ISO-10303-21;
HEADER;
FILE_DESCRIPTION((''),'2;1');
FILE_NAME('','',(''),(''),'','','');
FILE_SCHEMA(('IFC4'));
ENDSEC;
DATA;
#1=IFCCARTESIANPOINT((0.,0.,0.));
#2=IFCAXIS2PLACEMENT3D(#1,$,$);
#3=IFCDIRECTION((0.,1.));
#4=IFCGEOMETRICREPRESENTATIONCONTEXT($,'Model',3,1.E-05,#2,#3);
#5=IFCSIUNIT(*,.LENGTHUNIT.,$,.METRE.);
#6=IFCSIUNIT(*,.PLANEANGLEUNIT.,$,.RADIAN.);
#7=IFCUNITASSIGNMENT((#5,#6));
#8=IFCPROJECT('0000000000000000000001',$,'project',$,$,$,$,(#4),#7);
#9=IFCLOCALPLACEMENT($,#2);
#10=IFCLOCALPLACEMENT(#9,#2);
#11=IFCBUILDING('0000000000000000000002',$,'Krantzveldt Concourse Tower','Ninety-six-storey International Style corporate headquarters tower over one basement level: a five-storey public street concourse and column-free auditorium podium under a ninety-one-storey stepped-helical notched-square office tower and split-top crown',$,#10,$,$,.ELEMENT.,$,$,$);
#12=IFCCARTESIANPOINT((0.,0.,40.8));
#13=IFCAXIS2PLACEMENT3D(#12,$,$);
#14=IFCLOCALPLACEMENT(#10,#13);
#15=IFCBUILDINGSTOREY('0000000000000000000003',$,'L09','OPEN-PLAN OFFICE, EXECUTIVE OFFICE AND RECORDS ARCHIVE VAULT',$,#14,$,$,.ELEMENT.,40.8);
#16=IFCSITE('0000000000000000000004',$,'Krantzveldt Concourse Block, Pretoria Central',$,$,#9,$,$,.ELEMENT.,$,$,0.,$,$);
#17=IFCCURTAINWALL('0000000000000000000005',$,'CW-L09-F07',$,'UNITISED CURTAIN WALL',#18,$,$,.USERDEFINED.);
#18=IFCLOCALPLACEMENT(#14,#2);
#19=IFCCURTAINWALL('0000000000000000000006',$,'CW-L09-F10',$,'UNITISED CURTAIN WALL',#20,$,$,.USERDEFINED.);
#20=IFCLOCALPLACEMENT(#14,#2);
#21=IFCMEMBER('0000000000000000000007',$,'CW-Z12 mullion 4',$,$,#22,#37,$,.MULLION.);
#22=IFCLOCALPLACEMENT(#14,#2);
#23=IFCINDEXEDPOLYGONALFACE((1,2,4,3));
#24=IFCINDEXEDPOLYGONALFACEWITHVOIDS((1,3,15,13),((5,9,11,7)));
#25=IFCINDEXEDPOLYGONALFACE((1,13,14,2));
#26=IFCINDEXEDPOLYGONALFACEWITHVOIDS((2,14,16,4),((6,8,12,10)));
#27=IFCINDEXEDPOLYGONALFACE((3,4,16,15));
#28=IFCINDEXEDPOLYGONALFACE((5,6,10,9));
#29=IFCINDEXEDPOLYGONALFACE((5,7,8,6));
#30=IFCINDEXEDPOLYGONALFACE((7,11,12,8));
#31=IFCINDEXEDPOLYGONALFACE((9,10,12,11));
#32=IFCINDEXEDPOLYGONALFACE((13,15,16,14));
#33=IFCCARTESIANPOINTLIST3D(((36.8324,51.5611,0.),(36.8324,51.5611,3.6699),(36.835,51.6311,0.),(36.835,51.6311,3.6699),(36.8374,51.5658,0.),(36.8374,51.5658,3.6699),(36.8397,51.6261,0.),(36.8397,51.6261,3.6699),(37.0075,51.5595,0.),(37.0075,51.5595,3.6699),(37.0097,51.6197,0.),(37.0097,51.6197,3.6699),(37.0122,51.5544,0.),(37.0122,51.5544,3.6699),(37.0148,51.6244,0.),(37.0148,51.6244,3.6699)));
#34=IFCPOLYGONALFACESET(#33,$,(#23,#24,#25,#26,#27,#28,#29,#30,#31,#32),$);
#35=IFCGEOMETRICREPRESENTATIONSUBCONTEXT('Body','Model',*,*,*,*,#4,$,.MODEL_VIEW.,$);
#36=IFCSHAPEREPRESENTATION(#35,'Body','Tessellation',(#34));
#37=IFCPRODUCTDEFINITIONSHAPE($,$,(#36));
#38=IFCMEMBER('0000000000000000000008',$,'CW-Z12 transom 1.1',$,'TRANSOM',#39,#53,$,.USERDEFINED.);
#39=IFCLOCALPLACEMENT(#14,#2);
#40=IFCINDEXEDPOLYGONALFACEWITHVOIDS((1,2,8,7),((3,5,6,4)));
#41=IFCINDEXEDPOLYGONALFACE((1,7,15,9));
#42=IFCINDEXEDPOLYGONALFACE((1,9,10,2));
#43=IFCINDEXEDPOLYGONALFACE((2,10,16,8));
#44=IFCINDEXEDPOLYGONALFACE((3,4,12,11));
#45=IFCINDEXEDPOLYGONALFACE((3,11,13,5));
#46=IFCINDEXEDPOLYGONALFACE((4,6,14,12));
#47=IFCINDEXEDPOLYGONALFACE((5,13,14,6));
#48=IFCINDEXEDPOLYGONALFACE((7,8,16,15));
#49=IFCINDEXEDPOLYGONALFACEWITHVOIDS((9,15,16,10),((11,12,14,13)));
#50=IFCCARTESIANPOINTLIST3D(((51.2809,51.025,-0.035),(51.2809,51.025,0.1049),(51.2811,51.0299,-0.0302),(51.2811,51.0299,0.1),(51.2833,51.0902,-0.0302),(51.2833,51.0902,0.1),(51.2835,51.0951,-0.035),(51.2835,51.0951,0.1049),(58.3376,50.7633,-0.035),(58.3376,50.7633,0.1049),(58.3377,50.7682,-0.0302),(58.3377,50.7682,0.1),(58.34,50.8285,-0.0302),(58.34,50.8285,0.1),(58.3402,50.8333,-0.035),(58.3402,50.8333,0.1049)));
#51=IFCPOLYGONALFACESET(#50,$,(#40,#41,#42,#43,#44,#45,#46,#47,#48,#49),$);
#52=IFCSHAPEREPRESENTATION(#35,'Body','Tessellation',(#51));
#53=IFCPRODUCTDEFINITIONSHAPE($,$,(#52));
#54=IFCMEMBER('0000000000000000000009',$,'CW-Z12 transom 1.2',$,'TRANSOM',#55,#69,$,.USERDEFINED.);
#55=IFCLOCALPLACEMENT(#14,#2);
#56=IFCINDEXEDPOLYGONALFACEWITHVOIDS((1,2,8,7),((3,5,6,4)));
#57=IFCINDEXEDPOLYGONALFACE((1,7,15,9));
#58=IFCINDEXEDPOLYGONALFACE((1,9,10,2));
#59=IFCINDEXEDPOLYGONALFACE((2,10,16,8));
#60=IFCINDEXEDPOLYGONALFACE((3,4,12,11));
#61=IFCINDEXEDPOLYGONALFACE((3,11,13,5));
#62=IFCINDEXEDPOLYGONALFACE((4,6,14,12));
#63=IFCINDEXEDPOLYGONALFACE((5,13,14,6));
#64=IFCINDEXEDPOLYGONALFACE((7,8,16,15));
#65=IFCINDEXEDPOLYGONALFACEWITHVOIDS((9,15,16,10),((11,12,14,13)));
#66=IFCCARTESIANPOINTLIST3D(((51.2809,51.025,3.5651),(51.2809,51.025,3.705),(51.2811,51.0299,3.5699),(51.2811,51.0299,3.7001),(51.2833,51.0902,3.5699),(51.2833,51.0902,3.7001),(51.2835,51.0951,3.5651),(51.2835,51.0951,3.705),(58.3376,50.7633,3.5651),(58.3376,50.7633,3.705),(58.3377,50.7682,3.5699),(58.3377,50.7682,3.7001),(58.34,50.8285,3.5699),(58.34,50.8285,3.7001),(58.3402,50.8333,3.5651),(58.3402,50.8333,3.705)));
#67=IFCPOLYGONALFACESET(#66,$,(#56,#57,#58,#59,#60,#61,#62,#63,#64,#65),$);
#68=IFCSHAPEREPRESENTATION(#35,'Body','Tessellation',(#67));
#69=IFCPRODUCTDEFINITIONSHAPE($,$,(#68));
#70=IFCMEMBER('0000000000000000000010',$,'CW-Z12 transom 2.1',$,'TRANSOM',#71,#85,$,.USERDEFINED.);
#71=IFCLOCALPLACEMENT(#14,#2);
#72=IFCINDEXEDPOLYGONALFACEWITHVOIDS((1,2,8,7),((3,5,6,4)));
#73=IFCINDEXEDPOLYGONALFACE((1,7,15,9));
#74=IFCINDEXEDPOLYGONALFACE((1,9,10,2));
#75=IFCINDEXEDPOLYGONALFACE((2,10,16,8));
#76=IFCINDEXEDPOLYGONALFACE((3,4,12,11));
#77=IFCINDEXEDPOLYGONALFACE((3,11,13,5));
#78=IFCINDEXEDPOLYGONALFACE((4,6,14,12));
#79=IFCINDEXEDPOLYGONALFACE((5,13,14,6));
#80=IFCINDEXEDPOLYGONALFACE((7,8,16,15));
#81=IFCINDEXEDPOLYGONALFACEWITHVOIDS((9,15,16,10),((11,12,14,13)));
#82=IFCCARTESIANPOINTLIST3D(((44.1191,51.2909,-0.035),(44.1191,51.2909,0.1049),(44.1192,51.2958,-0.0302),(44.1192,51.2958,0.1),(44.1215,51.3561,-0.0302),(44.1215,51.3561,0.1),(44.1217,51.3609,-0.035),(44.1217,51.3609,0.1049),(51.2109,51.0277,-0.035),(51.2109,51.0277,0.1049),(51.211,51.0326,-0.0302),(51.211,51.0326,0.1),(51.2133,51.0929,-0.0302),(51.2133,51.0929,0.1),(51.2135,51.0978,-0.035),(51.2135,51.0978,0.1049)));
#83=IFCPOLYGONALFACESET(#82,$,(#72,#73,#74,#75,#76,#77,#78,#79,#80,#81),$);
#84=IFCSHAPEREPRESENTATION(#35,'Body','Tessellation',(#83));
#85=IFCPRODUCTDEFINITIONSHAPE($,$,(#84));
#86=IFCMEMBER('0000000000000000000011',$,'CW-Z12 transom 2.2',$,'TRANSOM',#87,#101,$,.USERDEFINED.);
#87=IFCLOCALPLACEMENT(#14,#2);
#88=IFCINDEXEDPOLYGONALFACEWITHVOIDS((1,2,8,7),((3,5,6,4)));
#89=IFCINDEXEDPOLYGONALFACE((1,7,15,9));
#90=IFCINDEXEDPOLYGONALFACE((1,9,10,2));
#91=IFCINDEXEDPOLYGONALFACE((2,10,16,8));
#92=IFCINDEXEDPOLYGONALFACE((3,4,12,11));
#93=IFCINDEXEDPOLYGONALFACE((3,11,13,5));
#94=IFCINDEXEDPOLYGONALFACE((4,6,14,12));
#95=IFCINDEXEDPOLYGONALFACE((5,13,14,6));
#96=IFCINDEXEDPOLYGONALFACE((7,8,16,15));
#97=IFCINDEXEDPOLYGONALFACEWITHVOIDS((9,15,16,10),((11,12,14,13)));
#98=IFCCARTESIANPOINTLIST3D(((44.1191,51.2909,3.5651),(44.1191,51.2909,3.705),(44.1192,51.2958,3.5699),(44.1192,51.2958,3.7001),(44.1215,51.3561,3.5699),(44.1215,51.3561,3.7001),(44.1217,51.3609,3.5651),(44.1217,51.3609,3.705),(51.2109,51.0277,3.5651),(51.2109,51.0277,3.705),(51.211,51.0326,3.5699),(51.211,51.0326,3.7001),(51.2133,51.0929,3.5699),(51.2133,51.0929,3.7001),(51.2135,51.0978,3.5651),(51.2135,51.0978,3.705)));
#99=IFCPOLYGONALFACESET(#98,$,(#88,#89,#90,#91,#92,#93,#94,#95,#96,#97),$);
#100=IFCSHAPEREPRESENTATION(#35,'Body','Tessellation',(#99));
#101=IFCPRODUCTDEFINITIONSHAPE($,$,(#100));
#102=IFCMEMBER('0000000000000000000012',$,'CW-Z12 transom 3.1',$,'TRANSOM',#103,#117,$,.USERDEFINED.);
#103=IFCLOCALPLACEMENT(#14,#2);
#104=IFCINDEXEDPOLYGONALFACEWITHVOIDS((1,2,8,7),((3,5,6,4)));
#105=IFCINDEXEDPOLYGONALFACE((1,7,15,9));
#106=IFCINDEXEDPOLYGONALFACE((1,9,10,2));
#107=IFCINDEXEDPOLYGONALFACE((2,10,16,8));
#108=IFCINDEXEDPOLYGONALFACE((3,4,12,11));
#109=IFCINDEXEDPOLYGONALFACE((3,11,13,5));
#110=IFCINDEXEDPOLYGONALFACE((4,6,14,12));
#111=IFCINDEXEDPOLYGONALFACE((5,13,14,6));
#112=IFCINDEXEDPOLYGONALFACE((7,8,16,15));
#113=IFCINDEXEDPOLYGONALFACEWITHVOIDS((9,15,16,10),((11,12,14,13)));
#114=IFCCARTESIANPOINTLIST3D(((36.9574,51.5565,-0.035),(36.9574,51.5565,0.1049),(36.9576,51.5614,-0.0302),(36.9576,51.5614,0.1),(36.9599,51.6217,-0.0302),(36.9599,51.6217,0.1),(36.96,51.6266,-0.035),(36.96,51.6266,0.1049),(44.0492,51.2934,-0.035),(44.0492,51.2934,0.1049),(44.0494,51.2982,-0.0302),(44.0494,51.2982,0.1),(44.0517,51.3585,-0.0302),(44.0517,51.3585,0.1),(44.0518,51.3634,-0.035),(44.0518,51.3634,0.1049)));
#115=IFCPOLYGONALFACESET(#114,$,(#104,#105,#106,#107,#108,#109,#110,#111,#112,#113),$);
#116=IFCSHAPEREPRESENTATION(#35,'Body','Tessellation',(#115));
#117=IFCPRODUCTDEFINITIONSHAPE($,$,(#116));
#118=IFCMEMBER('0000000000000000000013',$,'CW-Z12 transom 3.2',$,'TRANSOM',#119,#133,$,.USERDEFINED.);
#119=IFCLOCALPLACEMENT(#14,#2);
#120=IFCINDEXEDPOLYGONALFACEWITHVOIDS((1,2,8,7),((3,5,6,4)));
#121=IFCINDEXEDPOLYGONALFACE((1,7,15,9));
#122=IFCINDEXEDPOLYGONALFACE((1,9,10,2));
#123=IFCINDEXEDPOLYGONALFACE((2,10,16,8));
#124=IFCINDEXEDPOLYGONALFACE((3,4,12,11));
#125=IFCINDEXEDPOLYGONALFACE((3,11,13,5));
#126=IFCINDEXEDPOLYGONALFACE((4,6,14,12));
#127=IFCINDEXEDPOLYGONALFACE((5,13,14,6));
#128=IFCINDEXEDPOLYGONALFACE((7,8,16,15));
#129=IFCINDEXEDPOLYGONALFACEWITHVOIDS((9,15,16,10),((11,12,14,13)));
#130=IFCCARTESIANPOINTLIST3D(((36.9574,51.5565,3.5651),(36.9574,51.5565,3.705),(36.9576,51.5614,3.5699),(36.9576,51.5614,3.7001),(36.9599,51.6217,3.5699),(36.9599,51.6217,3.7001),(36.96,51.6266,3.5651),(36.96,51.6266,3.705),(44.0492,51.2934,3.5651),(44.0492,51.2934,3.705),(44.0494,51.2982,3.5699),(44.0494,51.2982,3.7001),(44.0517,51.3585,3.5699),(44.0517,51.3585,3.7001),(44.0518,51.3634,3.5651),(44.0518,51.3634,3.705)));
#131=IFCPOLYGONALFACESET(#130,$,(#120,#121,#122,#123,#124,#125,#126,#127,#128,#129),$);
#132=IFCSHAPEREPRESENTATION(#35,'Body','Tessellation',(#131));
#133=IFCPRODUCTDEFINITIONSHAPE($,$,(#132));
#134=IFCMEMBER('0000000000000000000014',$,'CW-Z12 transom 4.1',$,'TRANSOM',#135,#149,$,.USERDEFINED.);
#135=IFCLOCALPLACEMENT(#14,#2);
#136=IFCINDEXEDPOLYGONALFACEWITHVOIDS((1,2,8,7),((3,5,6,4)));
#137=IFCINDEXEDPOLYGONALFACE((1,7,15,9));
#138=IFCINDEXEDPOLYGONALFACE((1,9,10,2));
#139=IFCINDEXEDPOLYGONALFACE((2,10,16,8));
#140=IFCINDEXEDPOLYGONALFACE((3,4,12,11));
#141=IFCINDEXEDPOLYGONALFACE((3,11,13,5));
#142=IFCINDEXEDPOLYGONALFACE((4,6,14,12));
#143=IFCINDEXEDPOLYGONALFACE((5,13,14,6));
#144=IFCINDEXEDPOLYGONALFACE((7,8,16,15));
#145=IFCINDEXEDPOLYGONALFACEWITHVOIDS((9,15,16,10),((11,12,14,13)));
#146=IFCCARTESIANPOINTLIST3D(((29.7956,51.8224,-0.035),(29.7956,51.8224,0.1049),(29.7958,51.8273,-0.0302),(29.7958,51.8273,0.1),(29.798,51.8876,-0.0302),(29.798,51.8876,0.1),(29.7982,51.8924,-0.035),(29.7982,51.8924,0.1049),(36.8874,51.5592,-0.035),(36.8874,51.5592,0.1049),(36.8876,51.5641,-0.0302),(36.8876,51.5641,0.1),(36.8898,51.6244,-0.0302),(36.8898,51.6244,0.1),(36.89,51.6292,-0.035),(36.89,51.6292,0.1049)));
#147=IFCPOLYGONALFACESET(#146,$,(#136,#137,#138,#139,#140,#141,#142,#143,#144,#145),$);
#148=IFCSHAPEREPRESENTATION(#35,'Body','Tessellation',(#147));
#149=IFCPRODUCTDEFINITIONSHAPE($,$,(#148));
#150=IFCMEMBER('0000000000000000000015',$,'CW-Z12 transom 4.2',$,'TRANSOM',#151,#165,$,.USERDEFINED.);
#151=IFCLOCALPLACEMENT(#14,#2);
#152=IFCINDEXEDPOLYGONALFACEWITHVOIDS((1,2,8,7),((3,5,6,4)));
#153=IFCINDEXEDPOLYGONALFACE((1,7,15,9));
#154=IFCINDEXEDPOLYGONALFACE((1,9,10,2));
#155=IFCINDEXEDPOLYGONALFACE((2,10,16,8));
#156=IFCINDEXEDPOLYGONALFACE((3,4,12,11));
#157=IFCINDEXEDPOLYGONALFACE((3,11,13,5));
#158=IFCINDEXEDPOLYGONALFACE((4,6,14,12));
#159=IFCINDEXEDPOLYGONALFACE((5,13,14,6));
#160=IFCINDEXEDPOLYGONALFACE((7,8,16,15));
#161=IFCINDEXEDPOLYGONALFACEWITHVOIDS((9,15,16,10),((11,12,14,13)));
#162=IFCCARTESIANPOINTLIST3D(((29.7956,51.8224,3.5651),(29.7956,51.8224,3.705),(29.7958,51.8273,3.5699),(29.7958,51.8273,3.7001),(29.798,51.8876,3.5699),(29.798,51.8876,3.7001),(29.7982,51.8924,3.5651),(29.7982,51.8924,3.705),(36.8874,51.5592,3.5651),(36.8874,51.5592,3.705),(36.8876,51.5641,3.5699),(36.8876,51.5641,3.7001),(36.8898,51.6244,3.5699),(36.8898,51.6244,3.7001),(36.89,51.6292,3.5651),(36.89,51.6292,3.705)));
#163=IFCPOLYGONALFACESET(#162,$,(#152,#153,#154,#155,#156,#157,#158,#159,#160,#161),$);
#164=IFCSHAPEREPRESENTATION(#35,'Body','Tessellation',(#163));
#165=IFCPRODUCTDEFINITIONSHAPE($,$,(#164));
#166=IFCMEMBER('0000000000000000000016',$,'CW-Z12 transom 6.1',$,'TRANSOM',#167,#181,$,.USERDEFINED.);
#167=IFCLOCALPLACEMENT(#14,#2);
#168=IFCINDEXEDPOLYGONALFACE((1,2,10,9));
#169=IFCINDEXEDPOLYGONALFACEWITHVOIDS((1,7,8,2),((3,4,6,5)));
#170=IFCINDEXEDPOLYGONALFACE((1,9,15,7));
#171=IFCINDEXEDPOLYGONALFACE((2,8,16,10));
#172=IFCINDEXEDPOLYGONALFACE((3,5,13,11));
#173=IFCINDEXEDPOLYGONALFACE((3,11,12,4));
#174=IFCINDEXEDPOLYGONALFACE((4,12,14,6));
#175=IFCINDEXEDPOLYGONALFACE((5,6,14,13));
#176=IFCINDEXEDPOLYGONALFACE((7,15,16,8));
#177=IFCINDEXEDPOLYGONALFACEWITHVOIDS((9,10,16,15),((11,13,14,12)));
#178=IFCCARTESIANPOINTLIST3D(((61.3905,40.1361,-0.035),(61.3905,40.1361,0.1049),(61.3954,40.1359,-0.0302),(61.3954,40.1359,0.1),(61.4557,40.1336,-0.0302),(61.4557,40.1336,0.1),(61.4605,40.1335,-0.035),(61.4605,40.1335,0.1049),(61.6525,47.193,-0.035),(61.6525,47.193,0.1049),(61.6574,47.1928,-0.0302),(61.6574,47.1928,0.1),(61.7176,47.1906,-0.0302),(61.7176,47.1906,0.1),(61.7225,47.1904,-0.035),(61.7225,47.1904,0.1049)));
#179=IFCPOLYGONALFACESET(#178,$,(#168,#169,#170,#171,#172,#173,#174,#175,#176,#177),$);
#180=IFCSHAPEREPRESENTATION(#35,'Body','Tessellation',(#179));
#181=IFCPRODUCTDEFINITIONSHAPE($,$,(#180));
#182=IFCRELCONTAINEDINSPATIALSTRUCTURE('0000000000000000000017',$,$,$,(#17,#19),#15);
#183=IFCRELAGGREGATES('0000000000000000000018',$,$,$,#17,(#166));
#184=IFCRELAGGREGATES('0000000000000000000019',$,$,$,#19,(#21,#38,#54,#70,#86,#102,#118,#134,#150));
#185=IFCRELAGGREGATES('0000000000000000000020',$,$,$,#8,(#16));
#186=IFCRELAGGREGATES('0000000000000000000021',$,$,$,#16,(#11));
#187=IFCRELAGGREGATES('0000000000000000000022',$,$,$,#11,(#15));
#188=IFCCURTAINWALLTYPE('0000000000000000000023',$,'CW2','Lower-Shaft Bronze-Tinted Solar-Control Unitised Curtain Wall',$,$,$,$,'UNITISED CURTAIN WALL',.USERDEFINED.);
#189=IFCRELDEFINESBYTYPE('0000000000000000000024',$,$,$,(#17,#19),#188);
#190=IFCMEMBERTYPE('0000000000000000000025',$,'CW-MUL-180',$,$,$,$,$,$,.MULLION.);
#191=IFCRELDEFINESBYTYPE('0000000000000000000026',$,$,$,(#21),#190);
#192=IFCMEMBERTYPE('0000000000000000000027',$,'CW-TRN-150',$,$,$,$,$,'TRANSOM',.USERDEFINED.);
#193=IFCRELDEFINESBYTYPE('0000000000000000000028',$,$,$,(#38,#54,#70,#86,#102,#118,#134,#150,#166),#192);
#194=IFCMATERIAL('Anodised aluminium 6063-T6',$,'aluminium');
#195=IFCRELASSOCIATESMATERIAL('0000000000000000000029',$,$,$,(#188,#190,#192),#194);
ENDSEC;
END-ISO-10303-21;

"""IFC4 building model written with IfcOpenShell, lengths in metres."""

from ifc_helpers import new_model, si_unit, direction, frame, origin, origin_2d, place, context, subcontext, project, spatial, hollow_rectangle, extrude, source, transform, mapped, material, material_profile, profile_set, type_object, type_shapes, element, aggregate, save


model = new_model("IFC4")

# Units and contexts
model_context = context("Model", 3, precision=1e-05, world=origin(), true_north=direction((0.0, 1.0)))
body_context = subcontext(model_context, "Body", "Model", "MODEL_VIEW")
ifc_project = project(units=[si_unit("LENGTHUNIT", "METRE"), si_unit("PLANEANGLEUNIT", "RADIAN")], contexts=[model_context])

# Site, building, storey
site_placement = place(None, origin())
site = spatial("IfcSite", under=ifc_project, at=site_placement, Name="Krantzveldt Concourse Block, Pretoria Central", CompositionType="ELEMENT", RefElevation=0.0)
building_placement = place(site_placement, origin())
building = spatial("IfcBuilding", under=site, at=building_placement, Name="Krantzveldt Concourse Tower", Description="Ninety-six-storey International Style corporate headquarters tower over one basement level: a five-storey public street concourse and column-free auditorium podium under a ninety-one-storey stepped-helical notched-square office tower and split-top crown", CompositionType="ELEMENT")
storey_placement = place(building_placement, frame((0.0, 0.0, 40.8)))
storey = spatial("IfcBuildingStorey", under=building, at=storey_placement, Name="L09", Description="OPEN-PLAN OFFICE, EXECUTIVE OFFICE AND RECORDS ARCHIVE VAULT", CompositionType="ELEMENT", Elevation=40.8)

# Curtain walls, members
ifc_material_1 = material(Name="Anodised aluminium 6063-T6", Category="aluminium")
curtain_wall_type = type_object("IfcCurtainWallType", Name="CW2", Description="Lower-Shaft Bronze-Tinted Solar-Control Unitised Curtain Wall", ElementType="UNITISED CURTAIN WALL", PredefinedType="USERDEFINED", material=ifc_material_1)
curtain_wall_1_placement = place(storey_placement, origin())
curtain_wall_1 = element("IfcCurtainWall", 1, at=curtain_wall_1_placement, inside=storey, type_object=curtain_wall_type, Name="CW-L09-F07", ObjectType="UNITISED CURTAIN WALL", PredefinedType="USERDEFINED")
ifc_material_profile_1 = material_profile(ifc_material_1, hollow_rectangle(XDim=0.0701, YDim=0.1799, WallThickness=0.0049, at=origin_2d()), Name="Anodised aluminium 6063-T6", Category="aluminium")
ifc_profile_set_1 = profile_set([ifc_material_profile_1], Name="Anodised aluminium 6063-T6 - ALU-MULL 180x70x5")
member_type_1 = type_object("IfcMemberType", Name="CW-MUL-180", PredefinedType="MULLION", material=ifc_profile_set_1)
shared_shape_1 = source(origin(), body_context, "Body", "SweptSolid", [
    extrude(hollow_rectangle(XDim=0.0701, YDim=0.1799, WallThickness=0.0049, at=origin_2d()), origin(), (0.0, 0.0, 1.0), 3.6699),
])
type_shapes(member_type_1, [shared_shape_1])
curtain_wall_2_placement = place(storey_placement, origin())
curtain_wall_2 = element("IfcCurtainWall", 2, at=curtain_wall_2_placement, inside=storey, type_object=curtain_wall_type, Name="CW-L09-F10", ObjectType="UNITISED CURTAIN WALL", PredefinedType="USERDEFINED")
member_1_placement = place(storey_placement, frame((36.9236, 51.5928, 0.0), z_axis=(0.0, 0.0, 1.0), x_axis=(-0.03708, -0.999312, 0.0)))
member_1 = element("IfcMember", 3, at=member_1_placement, type_object=member_type_1, Name="CW-Z12 mullion 4", PredefinedType="MULLION", context=body_context, shape_type="MappedRepresentation", body=[
    mapped(shared_shape_1, transform((0.0, 0.0, 0.0), x_axis=(1.0, 0.0, 0.0), y_axis=(0.0, 1.0, 0.0), z_axis=(0.0, 0.0, 1.0), scale=1.0)),
])
ifc_material_profile_2 = material_profile(ifc_material_1, hollow_rectangle(XDim=0.0701, YDim=0.1399, WallThickness=0.0049, at=origin_2d()), Name="Anodised aluminium 6063-T6", Category="aluminium")
ifc_profile_set_2 = profile_set([ifc_material_profile_2], Name="Anodised aluminium 6063-T6 - ALU-TRAN 140x70x5")
member_type_2 = type_object("IfcMemberType", Name="CW-TRN-150", ElementType="TRANSOM", PredefinedType="USERDEFINED", material=ifc_profile_set_2)
shared_shape_2 = source(origin(), body_context, "Body", "SweptSolid", [
    extrude(hollow_rectangle(XDim=0.0701, YDim=0.1399, WallThickness=0.0049, at=origin_2d()), origin(), (0.0, 0.0, 1.0), 7.0615),
])
member_2_placement = place(storey_placement, frame((58.3389, 50.7983, 0.0349), z_axis=(-0.999313, 0.037063, 0.0), x_axis=(-0.037063, -0.999313, 0.0)))
member_2 = element("IfcMember", 4, at=member_2_placement, type_object=member_type_2, Name="CW-Z12 transom 1.1", ObjectType="TRANSOM", PredefinedType="USERDEFINED", context=body_context, shape_type="MappedRepresentation", body=[
    mapped(shared_shape_2, transform((0.0, 0.0, 0.0), x_axis=(1.0, 0.0, 0.0), y_axis=(0.0, 1.0, 0.0), z_axis=(0.0, 0.0, 1.0), scale=1.0)),
])
member_3_placement = place(storey_placement, frame((58.3389, 50.7983, 3.635), z_axis=(-0.999313, 0.037063, 0.0), x_axis=(-0.037063, -0.999313, 0.0)))
member_3 = element("IfcMember", 5, at=member_3_placement, type_object=member_type_2, Name="CW-Z12 transom 1.2", ObjectType="TRANSOM", PredefinedType="USERDEFINED", context=body_context, shape_type="MappedRepresentation", body=[
    mapped(shared_shape_2, transform((0.0, 0.0, 0.0), x_axis=(1.0, 0.0, 0.0), y_axis=(0.0, 1.0, 0.0), z_axis=(0.0, 0.0, 1.0), scale=1.0)),
])
shared_shape_3 = source(origin(), body_context, "Body", "SweptSolid", [
    extrude(hollow_rectangle(XDim=0.0701, YDim=0.1399, WallThickness=0.0049, at=origin_2d()), origin(), (0.0, 0.0, 1.0), 7.0967),
])
member_4_placement = place(storey_placement, frame((51.2122, 51.0627, 0.0349), z_axis=(-0.999312, 0.037085, 0.0), x_axis=(-0.037085, -0.999312, 0.0)))
member_4 = element("IfcMember", 6, at=member_4_placement, type_object=member_type_2, Name="CW-Z12 transom 2.1", ObjectType="TRANSOM", PredefinedType="USERDEFINED", context=body_context, shape_type="MappedRepresentation", body=[
    mapped(shared_shape_3, transform((0.0, 0.0, 0.0), x_axis=(1.0, 0.0, 0.0), y_axis=(0.0, 1.0, 0.0), z_axis=(0.0, 0.0, 1.0), scale=1.0)),
])
member_5_placement = place(storey_placement, frame((51.2122, 51.0627, 3.635), z_axis=(-0.999312, 0.037085, 0.0), x_axis=(-0.037085, -0.999312, 0.0)))
member_5 = element("IfcMember", 7, at=member_5_placement, type_object=member_type_2, Name="CW-Z12 transom 2.2", ObjectType="TRANSOM", PredefinedType="USERDEFINED", context=body_context, shape_type="MappedRepresentation", body=[
    mapped(shared_shape_3, transform((0.0, 0.0, 0.0), x_axis=(1.0, 0.0, 0.0), y_axis=(0.0, 1.0, 0.0), z_axis=(0.0, 0.0, 1.0), scale=1.0)),
])
member_6_placement = place(storey_placement, frame((44.0505, 51.3284, 0.0349), z_axis=(-0.999312, 0.037085, 0.0), x_axis=(-0.037085, -0.999312, 0.0)))
member_6 = element("IfcMember", 8, at=member_6_placement, type_object=member_type_2, Name="CW-Z12 transom 3.1", ObjectType="TRANSOM", PredefinedType="USERDEFINED", context=body_context, shape_type="MappedRepresentation", body=[
    mapped(shared_shape_3, transform((0.0, 0.0, 0.0), x_axis=(1.0, 0.0, 0.0), y_axis=(0.0, 1.0, 0.0), z_axis=(0.0, 0.0, 1.0), scale=1.0)),
])
member_7_placement = place(storey_placement, frame((44.0505, 51.3284, 3.635), z_axis=(-0.999312, 0.037085, 0.0), x_axis=(-0.037085, -0.999312, 0.0)))
member_7 = element("IfcMember", 9, at=member_7_placement, type_object=member_type_2, Name="CW-Z12 transom 3.2", ObjectType="TRANSOM", PredefinedType="USERDEFINED", context=body_context, shape_type="MappedRepresentation", body=[
    mapped(shared_shape_3, transform((0.0, 0.0, 0.0), x_axis=(1.0, 0.0, 0.0), y_axis=(0.0, 1.0, 0.0), z_axis=(0.0, 0.0, 1.0), scale=1.0)),
])
member_8_placement = place(storey_placement, frame((36.8887, 51.5942, 0.0349), z_axis=(-0.999312, 0.037085, 0.0), x_axis=(-0.037085, -0.999312, 0.0)))
member_8 = element("IfcMember", 10, at=member_8_placement, type_object=member_type_2, Name="CW-Z12 transom 4.1", ObjectType="TRANSOM", PredefinedType="USERDEFINED", context=body_context, shape_type="MappedRepresentation", body=[
    mapped(shared_shape_3, transform((0.0, 0.0, 0.0), x_axis=(1.0, 0.0, 0.0), y_axis=(0.0, 1.0, 0.0), z_axis=(0.0, 0.0, 1.0), scale=1.0)),
])
member_9_placement = place(storey_placement, frame((36.8887, 51.5942, 3.635), z_axis=(-0.999312, 0.037085, 0.0), x_axis=(-0.037085, -0.999312, 0.0)))
member_9 = element("IfcMember", 11, at=member_9_placement, type_object=member_type_2, Name="CW-Z12 transom 4.2", ObjectType="TRANSOM", PredefinedType="USERDEFINED", context=body_context, shape_type="MappedRepresentation", body=[
    mapped(shared_shape_3, transform((0.0, 0.0, 0.0), x_axis=(1.0, 0.0, 0.0), y_axis=(0.0, 1.0, 0.0), z_axis=(0.0, 0.0, 1.0), scale=1.0)),
])

# Member
shared_shape_4 = source(origin(), body_context, "Body", "SweptSolid", [
    extrude(hollow_rectangle(XDim=0.0701, YDim=0.1399, WallThickness=0.0049, at=origin_2d()), origin(), (0.0, 0.0, 1.0), 7.0618),
])
type_shapes(member_type_2, [shared_shape_2, shared_shape_3, shared_shape_4])
member_10_placement = place(storey_placement, frame((61.4255, 40.1348, 0.0349), z_axis=(0.037096, 0.999312, 0.0), x_axis=(-0.999312, 0.037096, 0.0)))
member_10 = element("IfcMember", 12, at=member_10_placement, type_object=member_type_2, Name="CW-Z12 transom 6.1", ObjectType="TRANSOM", PredefinedType="USERDEFINED", context=body_context, shape_type="MappedRepresentation", body=[
    mapped(shared_shape_4, transform((0.0, 0.0, 0.0), x_axis=(1.0, 0.0, 0.0), y_axis=(0.0, 1.0, 0.0), z_axis=(0.0, 0.0, 1.0), scale=1.0)),
])

aggregate(curtain_wall_1, [member_10])
aggregate(curtain_wall_2, [member_1, member_2, member_3, member_4, member_5, member_6, member_7, member_8, member_9])

save(model, "model.ifc")
